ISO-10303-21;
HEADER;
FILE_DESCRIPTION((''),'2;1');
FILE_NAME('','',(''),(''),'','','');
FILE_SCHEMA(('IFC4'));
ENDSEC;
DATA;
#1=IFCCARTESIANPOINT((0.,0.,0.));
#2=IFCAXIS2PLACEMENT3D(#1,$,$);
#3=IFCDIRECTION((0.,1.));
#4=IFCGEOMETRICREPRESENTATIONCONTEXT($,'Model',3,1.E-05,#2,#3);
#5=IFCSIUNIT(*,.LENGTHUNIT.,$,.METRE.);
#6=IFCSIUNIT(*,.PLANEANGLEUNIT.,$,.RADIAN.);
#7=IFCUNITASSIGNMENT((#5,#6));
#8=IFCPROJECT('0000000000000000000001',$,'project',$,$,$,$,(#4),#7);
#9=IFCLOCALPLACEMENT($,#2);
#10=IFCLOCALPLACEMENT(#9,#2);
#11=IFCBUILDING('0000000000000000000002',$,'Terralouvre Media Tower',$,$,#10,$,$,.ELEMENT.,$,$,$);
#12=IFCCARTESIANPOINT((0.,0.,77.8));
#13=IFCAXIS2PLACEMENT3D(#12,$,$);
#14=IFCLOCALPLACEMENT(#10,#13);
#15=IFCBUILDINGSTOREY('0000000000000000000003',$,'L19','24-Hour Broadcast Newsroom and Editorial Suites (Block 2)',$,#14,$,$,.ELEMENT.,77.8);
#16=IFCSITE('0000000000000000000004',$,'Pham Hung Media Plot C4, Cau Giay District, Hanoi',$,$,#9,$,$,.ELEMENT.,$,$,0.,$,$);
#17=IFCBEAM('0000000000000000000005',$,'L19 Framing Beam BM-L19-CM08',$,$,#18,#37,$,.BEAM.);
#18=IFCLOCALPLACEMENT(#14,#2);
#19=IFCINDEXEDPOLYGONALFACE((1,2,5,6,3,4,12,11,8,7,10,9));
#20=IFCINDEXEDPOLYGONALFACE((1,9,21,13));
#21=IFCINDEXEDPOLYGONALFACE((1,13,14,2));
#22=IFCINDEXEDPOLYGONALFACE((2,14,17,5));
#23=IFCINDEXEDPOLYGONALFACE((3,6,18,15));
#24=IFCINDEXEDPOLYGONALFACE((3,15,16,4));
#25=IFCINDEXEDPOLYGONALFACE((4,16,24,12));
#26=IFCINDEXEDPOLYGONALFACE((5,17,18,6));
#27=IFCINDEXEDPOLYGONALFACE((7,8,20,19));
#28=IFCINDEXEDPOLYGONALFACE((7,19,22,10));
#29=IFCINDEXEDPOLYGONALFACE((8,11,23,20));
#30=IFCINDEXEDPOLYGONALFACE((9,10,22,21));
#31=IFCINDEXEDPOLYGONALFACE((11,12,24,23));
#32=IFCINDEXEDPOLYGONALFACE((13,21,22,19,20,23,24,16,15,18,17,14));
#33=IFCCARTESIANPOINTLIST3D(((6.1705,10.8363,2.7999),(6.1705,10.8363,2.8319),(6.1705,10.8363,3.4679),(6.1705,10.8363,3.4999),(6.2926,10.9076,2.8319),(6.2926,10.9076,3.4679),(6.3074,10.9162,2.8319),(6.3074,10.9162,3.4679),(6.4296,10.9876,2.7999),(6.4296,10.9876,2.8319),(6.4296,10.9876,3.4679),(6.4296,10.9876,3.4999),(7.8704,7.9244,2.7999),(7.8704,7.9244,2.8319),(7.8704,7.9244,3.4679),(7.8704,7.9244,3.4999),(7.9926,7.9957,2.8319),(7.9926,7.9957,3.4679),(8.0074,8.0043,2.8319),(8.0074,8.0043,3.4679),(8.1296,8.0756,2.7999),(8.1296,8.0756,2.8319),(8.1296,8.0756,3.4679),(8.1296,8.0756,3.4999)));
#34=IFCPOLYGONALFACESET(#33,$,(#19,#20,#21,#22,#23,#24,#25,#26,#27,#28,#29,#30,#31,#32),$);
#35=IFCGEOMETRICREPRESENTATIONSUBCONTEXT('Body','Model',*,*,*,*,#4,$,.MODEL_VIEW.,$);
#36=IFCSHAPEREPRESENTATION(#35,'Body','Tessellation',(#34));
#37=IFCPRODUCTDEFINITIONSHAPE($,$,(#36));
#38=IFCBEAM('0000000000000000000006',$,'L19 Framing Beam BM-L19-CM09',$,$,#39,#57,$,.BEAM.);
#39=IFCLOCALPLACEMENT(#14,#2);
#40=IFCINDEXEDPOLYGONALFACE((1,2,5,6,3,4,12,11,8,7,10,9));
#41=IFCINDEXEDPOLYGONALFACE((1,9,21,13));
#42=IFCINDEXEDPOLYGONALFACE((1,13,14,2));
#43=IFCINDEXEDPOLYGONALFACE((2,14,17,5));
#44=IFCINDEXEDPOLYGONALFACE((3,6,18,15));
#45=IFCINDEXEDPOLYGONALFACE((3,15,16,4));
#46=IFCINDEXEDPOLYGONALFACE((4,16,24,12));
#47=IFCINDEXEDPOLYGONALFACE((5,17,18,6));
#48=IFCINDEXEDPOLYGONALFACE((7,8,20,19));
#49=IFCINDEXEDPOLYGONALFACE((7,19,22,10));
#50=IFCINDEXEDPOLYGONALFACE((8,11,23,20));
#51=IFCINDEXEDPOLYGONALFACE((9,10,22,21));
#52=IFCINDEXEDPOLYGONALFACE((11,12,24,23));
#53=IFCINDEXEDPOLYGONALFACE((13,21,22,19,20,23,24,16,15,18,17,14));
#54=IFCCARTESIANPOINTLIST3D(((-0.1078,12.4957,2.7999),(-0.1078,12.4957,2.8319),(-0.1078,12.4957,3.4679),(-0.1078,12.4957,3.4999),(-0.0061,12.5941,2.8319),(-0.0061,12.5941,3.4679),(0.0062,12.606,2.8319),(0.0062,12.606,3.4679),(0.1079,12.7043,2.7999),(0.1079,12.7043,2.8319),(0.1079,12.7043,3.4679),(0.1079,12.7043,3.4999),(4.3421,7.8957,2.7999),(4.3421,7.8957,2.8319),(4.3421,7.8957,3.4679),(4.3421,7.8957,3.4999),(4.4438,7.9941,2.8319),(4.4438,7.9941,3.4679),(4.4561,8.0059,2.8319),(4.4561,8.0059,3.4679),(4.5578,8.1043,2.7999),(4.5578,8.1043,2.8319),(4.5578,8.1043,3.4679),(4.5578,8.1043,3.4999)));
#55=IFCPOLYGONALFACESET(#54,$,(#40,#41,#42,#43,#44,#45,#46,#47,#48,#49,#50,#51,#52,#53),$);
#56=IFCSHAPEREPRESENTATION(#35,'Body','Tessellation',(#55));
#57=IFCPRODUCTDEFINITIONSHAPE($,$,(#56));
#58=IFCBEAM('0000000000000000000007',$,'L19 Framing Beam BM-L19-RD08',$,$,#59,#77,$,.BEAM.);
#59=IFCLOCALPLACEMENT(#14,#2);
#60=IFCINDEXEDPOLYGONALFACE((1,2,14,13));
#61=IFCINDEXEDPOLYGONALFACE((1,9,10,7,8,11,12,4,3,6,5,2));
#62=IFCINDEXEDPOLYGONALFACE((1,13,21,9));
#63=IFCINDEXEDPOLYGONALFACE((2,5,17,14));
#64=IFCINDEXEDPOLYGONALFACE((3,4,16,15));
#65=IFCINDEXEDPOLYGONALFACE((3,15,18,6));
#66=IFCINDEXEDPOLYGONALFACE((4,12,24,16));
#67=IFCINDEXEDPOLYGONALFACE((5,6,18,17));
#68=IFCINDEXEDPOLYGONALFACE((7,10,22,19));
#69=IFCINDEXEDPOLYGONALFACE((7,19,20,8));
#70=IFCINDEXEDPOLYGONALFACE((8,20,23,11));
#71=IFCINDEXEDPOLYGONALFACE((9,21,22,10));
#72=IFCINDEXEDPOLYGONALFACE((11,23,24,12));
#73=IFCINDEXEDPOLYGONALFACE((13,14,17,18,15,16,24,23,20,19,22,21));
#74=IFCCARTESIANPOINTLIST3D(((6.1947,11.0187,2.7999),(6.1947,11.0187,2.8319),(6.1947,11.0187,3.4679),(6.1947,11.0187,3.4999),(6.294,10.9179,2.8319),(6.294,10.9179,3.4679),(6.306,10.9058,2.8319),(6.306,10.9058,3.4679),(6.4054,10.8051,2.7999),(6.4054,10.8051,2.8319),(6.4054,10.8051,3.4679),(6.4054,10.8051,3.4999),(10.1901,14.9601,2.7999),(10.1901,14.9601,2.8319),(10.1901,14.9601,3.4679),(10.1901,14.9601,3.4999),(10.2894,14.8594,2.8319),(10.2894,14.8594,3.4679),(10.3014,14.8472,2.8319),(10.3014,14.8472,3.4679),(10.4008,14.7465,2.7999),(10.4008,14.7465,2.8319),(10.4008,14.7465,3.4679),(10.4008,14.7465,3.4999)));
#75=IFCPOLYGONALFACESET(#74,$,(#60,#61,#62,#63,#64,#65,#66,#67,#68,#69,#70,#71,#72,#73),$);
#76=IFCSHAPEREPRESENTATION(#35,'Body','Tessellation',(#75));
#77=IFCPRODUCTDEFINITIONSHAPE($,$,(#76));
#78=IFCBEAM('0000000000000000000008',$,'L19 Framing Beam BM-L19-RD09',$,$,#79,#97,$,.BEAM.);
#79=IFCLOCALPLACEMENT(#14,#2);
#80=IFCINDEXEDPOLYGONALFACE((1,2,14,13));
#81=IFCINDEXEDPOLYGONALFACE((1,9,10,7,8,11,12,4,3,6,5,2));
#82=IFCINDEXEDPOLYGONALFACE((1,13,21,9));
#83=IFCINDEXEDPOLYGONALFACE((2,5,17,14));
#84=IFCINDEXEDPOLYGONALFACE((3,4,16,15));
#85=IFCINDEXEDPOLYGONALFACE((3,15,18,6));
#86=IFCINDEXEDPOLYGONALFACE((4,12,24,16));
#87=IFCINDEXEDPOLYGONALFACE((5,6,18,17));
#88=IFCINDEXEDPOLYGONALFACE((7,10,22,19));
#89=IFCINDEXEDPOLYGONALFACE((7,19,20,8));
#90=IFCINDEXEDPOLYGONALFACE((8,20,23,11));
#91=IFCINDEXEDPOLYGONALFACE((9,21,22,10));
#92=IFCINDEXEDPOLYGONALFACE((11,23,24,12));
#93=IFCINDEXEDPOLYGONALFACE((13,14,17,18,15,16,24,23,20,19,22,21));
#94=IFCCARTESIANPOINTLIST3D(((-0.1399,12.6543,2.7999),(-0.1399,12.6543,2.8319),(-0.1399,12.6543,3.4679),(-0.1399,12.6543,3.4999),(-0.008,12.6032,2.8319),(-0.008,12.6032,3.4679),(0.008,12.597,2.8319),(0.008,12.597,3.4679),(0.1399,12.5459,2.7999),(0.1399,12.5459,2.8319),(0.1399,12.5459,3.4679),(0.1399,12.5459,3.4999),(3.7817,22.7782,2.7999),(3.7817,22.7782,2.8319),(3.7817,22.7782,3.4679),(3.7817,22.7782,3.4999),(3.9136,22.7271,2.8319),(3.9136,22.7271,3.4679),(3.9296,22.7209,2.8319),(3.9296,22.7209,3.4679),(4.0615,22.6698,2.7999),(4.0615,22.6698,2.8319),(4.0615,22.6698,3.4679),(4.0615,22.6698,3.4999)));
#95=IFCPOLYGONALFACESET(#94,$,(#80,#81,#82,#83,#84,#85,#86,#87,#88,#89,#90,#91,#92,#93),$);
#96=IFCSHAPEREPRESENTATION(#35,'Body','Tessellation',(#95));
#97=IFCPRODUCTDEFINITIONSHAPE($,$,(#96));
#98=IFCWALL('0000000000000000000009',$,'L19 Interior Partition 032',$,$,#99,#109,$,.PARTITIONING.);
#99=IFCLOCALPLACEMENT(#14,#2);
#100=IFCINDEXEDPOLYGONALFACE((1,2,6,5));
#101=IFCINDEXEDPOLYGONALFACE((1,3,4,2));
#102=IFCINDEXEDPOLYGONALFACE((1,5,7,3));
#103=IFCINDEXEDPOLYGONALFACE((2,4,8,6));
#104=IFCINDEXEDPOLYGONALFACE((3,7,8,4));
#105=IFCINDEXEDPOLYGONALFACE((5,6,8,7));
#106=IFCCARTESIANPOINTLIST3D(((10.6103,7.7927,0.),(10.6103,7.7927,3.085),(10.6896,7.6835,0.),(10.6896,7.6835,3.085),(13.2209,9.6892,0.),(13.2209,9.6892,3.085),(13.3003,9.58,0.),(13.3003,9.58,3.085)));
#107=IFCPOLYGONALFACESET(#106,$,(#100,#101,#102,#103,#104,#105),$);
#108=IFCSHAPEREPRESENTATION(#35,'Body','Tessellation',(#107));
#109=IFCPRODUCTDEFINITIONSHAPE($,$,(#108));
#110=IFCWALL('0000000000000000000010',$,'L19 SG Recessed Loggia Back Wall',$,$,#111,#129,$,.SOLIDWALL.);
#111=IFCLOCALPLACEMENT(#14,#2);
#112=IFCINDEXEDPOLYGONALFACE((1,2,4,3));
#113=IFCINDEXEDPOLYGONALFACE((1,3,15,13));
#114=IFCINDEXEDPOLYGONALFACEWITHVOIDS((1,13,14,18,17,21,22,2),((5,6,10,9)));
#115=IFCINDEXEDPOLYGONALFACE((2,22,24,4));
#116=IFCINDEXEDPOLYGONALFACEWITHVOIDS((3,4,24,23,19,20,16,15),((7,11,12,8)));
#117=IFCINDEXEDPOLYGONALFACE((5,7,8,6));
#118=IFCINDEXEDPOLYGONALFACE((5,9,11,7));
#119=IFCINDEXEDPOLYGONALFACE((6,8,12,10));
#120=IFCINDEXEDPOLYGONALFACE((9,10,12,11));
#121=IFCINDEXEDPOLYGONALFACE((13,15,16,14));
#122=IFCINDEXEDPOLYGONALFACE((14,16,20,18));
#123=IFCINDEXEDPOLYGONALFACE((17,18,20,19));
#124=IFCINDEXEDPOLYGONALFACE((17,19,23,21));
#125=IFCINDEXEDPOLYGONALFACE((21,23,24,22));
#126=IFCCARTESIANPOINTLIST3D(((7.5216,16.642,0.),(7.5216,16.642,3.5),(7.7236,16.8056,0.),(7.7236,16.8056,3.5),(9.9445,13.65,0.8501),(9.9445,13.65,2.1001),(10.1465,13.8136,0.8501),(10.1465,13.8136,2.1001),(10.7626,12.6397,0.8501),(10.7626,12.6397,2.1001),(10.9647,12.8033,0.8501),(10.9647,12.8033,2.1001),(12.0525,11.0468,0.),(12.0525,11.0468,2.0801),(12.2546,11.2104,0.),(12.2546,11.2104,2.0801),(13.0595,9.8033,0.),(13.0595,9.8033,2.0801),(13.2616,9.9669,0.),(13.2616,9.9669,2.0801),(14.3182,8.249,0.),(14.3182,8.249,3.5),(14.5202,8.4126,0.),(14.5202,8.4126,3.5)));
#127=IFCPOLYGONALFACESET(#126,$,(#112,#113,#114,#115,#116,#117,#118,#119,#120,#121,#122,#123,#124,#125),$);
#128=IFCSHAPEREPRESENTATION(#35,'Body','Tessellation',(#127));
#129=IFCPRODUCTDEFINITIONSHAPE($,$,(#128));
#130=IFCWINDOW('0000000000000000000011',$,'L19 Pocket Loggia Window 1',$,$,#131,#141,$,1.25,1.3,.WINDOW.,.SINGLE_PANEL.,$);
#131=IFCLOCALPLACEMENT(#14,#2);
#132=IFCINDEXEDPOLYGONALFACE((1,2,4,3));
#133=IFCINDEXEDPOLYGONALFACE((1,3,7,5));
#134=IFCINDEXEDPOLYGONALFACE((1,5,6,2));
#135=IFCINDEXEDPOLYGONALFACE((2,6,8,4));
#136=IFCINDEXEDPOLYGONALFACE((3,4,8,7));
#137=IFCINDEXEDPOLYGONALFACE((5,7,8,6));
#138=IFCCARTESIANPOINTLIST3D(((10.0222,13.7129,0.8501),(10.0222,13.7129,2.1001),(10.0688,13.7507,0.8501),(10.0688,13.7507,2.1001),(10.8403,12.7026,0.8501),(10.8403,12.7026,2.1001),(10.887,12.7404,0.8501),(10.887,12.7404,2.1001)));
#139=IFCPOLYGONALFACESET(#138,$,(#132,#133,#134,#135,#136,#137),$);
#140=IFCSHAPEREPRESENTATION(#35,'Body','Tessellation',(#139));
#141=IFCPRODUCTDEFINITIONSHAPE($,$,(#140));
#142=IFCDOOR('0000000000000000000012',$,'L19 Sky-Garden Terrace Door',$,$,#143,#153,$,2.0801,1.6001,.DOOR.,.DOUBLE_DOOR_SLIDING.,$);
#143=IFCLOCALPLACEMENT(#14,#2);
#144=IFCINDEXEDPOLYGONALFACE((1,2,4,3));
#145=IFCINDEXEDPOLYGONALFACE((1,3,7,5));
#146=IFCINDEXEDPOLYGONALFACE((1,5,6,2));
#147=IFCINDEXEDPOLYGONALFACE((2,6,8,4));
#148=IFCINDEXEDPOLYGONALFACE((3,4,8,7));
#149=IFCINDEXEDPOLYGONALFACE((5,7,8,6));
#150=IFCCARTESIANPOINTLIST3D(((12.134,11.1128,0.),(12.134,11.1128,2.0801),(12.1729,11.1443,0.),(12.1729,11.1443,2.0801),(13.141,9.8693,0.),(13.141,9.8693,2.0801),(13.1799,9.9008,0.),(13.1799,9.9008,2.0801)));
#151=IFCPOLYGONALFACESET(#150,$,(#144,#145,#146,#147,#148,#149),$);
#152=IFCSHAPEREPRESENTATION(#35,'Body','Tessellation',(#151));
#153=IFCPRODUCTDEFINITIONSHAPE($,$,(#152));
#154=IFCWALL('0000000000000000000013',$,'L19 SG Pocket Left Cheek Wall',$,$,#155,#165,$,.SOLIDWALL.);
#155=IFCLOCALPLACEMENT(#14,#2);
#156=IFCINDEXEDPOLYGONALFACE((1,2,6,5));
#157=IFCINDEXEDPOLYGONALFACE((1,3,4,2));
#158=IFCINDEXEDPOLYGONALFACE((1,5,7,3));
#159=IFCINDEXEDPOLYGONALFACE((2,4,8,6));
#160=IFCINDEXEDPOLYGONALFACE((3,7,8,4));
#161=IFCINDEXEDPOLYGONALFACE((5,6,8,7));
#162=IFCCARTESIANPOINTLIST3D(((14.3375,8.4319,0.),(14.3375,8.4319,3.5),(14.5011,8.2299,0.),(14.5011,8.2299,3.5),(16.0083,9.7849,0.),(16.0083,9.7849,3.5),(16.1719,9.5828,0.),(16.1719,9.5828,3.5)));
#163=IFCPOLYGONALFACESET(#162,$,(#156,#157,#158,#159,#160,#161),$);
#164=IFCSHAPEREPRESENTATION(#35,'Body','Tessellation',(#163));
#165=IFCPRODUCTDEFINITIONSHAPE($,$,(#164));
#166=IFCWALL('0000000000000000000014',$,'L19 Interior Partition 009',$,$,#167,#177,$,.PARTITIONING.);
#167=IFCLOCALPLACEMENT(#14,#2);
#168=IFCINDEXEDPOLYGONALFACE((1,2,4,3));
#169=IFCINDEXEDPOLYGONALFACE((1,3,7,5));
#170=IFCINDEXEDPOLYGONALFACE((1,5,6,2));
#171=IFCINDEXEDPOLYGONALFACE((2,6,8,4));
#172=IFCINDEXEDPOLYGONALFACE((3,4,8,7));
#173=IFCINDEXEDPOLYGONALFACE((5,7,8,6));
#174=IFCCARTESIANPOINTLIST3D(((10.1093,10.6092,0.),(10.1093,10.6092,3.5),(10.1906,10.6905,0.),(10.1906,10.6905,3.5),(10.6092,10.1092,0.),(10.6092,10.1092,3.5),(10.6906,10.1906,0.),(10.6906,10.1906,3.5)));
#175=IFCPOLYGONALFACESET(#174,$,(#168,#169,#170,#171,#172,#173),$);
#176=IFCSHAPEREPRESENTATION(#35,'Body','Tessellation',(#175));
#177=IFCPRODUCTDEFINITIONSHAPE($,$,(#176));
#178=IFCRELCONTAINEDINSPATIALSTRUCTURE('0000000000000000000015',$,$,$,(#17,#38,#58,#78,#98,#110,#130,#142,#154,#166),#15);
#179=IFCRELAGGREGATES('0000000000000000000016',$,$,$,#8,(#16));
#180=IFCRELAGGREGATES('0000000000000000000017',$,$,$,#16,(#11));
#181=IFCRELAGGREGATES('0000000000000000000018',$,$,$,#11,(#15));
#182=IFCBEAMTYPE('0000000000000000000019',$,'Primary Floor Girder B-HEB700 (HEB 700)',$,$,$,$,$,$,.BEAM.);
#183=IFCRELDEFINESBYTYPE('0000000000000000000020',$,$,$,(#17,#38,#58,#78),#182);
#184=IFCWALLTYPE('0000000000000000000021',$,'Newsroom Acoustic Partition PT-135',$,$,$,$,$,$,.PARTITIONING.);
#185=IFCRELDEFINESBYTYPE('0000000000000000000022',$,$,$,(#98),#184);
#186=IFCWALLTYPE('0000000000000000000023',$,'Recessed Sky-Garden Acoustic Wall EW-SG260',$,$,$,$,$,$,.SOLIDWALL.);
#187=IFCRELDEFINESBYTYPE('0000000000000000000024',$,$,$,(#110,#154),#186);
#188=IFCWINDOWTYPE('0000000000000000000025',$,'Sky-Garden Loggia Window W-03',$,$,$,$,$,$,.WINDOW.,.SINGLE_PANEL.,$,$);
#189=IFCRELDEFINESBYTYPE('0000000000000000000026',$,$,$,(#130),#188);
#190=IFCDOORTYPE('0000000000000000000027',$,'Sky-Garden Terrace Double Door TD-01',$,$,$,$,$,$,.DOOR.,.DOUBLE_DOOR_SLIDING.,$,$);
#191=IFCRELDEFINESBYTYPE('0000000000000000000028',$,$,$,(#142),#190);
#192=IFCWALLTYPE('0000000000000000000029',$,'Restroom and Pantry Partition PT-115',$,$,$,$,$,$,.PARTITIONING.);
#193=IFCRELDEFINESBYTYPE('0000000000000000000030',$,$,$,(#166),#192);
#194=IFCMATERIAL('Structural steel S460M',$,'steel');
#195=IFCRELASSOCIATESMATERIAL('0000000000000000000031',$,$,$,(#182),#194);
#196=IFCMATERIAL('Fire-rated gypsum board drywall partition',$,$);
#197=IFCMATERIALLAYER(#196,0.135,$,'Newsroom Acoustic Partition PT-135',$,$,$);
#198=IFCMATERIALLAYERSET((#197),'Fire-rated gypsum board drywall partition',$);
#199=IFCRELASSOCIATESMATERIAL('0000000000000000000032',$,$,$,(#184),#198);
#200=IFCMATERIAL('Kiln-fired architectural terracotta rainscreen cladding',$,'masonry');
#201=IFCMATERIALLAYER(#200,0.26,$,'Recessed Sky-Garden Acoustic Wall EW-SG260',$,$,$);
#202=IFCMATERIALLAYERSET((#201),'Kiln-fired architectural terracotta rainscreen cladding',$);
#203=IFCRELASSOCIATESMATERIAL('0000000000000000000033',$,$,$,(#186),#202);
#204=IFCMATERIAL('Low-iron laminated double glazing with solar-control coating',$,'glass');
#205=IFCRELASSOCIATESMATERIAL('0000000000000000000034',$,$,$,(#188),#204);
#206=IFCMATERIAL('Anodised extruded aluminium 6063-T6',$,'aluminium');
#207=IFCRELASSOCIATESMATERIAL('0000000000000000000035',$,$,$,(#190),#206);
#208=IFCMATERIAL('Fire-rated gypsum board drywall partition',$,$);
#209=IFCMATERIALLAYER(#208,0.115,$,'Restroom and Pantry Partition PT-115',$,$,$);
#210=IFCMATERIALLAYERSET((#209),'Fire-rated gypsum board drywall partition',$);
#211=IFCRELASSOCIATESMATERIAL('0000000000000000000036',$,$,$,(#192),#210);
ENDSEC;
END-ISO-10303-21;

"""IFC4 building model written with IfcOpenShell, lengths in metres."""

from ifc_helpers import new_model, si_unit, direction, frame, frame_2d, origin, origin_2d, place, context, subcontext, project, spatial, rectangle, i_section, extrude, material, layer, layer_set, material_profile, profile_set, type_object, element, fill, save


model = new_model("IFC4")

# Units and contexts
model_context = context("Model", 3, precision=1e-05, world=origin(), true_north=direction((0.0, 1.0)))
body_context = subcontext(model_context, "Body", "Model", "MODEL_VIEW")
ifc_project = project(units=[si_unit("LENGTHUNIT", "METRE"), si_unit("PLANEANGLEUNIT", "RADIAN")], contexts=[model_context])

# Site, building, storey
site_placement = place(None, origin())
site = spatial("IfcSite", under=ifc_project, at=site_placement, Name="Pham Hung Media Plot C4, Cau Giay District, Hanoi", CompositionType="ELEMENT", RefElevation=0.0)
building_placement = place(site_placement, origin())
building = spatial("IfcBuilding", under=site, at=building_placement, Name="Terralouvre Media Tower", CompositionType="ELEMENT")
storey_placement = place(building_placement, frame((0.0, 0.0, 77.8)))
storey = spatial("IfcBuildingStorey", under=building, at=storey_placement, Name="L19", Description="24-Hour Broadcast Newsroom and Editorial Suites (Block 2)", CompositionType="ELEMENT", Elevation=77.8)

# Beams
ifc_material_1 = material(Name="Structural steel S460M", Category="steel")
ifc_material_profile_1 = material_profile(ifc_material_1, i_section(OverallWidth=0.3, OverallDepth=0.7, WebThickness=0.0171, FlangeThickness=0.032, at=origin_2d()), Name="HEB 700")
ifc_profile_set_1 = profile_set([ifc_material_profile_1], Name="Structural steel S460M")
beam_type_1 = type_object("IfcBeamType", Name="Primary Floor Girder B-HEB700 (HEB 700)", PredefinedType="BEAM", material=ifc_profile_set_1)
for number, where, z_axis, x_axis, name in (
    (1, (8.0, 8.0, 3.1499), (-0.504173, 0.863603, 0.0), (-0.863603, -0.504173, 0.0), "L19 Framing Beam BM-L19-CM08"),
):
    element("IfcBeam", number, at=place(storey_placement, frame(where, z_axis=z_axis, x_axis=x_axis)), inside=storey, type_object=beam_type_1, Name=name, PredefinedType="BEAM", context=body_context, shape_type="SweptSolid", body=[
        extrude(i_section(OverallWidth=0.3, OverallDepth=0.7, WebThickness=0.0171, FlangeThickness=0.032, at=origin_2d()), origin(), (0.0, 0.0, 1.0), 3.3718),
    ])
beam_1_placement = place(storey_placement, frame((4.45, 8.0, 3.1499), z_axis=(-0.69528, 0.718739, 0.0), x_axis=(-0.718739, -0.69528, 0.0)))
element("IfcBeam", 2, at=beam_1_placement, inside=storey, type_object=beam_type_1, Name="L19 Framing Beam BM-L19-CM09", PredefinedType="BEAM", context=body_context, shape_type="SweptSolid", body=[
    extrude(i_section(OverallWidth=0.3, OverallDepth=0.7, WebThickness=0.0171, FlangeThickness=0.032, at=origin_2d()), origin(), (0.0, 0.0, 1.0), 6.4001),
])
beam_2_placement = place(storey_placement, frame((6.3, 10.9119, 3.1499), z_axis=(0.711897, 0.702284, 0.0), x_axis=(-0.702284, 0.711897, 0.0)))
element("IfcBeam", 3, at=beam_2_placement, inside=storey, type_object=beam_type_1, Name="L19 Framing Beam BM-L19-RD08", PredefinedType="BEAM", context=body_context, shape_type="SweptSolid", body=[
    extrude(i_section(OverallWidth=0.3, OverallDepth=0.7, WebThickness=0.0171, FlangeThickness=0.032, at=origin_2d()), origin(), (0.0, 0.0, 1.0), 5.6123),
])
beam_3_placement = place(storey_placement, frame((0.0, 12.6001, 3.1499), z_axis=(0.361207, 0.932486, 0.0), x_axis=(-0.932486, 0.361207, 0.0)))
element("IfcBeam", 4, at=beam_3_placement, inside=storey, type_object=beam_type_1, Name="L19 Framing Beam BM-L19-RD09", PredefinedType="BEAM", context=body_context, shape_type="SweptSolid", body=[
    extrude(i_section(OverallWidth=0.3, OverallDepth=0.7, WebThickness=0.0171, FlangeThickness=0.032, at=origin_2d()), origin(), (0.0, 0.0, 1.0), 10.8569),
])

# Wall
ifc_material_2 = material(Name="Fire-rated gypsum board drywall partition")
ifc_layer_1 = layer(ifc_material_2, 0.135, Name="Newsroom Acoustic Partition PT-135")
ifc_layer_set_1 = layer_set([ifc_layer_1], Name="Fire-rated gypsum board drywall partition")
wall_type_1 = type_object("IfcWallType", Name="Newsroom Acoustic Partition PT-135", PredefinedType="PARTITIONING", material=ifc_layer_set_1)
wall_1_placement = place(storey_placement, frame((13.2605, 9.6345, 0.0), z_axis=(0.0, 0.0, 1.0), x_axis=(-0.80905, -0.58774, 0.0)))
element("IfcWall", 5, at=wall_1_placement, inside=storey, type_object=wall_type_1, Name="L19 Interior Partition 032", PredefinedType="PARTITIONING", context=body_context, shape_type="SweptSolid", body=[
    extrude(rectangle(XDim=3.2268, YDim=0.135, at=frame_2d((1.6133, 0.0))), origin(), (0.0, 0.0, 1.0), 3.085),
])

# Wall, openings, window, door
ifc_material_3 = material(Name="Kiln-fired architectural terracotta rainscreen cladding", Category="masonry")
ifc_layer_2 = layer(ifc_material_3, 0.26, Name="Recessed Sky-Garden Acoustic Wall EW-SG260")
ifc_layer_set_2 = layer_set([ifc_layer_2], Name="Kiln-fired architectural terracotta rainscreen cladding")
wall_type_2 = type_object("IfcWallType", Name="Recessed Sky-Garden Acoustic Wall EW-SG260", PredefinedType="SOLIDWALL", material=ifc_layer_set_2)
wall_2_placement = place(storey_placement, frame((14.4192, 8.3308, 0.0), z_axis=(0.0, 0.0, 1.0), x_axis=(-0.629324, 0.777143, 0.0)))
wall_2 = element("IfcWall", 6, at=wall_2_placement, inside=storey, type_object=wall_type_2, Name="L19 SG Recessed Loggia Back Wall", PredefinedType="SOLIDWALL", context=body_context, shape_type="SweptSolid", body=[
    extrude(rectangle(XDim=10.7998, YDim=0.26, at=frame_2d((5.3999, 0.0))), origin(), (0.0, 0.0, 1.0), 3.5),
])
opening_1_placement = place(wall_2_placement, frame((2.0, 0.0, 0.0)))
opening_1 = element("IfcOpeningElement", 7, at=opening_1_placement, cuts=wall_2, PredefinedType="OPENING", context=body_context, shape_type="SweptSolid", body=[
    extrude(rectangle(XDim=1.6001, YDim=2.0801, at=frame_2d((0.8, 1.04))), frame((0.0, 0.1399, 0.0), z_axis=(0.0, -1.0, 0.0), x_axis=(1.0, 0.0, 0.0)), (0.0, 0.0, 1.0), 0.28),
])
opening_2_placement = place(wall_2_placement, frame((5.6499, 0.0, 0.8501)))
opening_2 = element("IfcOpeningElement", 8, at=opening_2_placement, cuts=wall_2, PredefinedType="OPENING", context=body_context, shape_type="SweptSolid", body=[
    extrude(rectangle(XDim=1.3, YDim=1.25, at=frame_2d((0.6499, 0.625))), frame((0.0, 0.1399, 0.0), z_axis=(0.0, -1.0, 0.0), x_axis=(1.0, 0.0, 0.0)), (0.0, 0.0, 1.0), 0.28),
])
ifc_material_4 = material(Name="Low-iron laminated double glazing with solar-control coating", Category="glass")
window_type = type_object("IfcWindowType", Name="Sky-Garden Loggia Window W-03", PartitioningType="SINGLE_PANEL", PredefinedType="WINDOW", material=ifc_material_4)
window_placement = place(opening_2_placement, origin())
window = element("IfcWindow", 9, at=window_placement, inside=storey, type_object=window_type, Name="L19 Pocket Loggia Window 1", OverallHeight=1.25, OverallWidth=1.3, PartitioningType="SINGLE_PANEL", PredefinedType="WINDOW", context=body_context, shape_type="SweptSolid", body=[
    extrude(rectangle(XDim=1.3, YDim=1.25, at=frame_2d((0.6499, 0.625))), frame((0.0, 0.03, 0.0), z_axis=(0.0, -1.0, 0.0), x_axis=(1.0, 0.0, 0.0)), (0.0, 0.0, 1.0), 0.0601),
])
fill(opening_2, window)
ifc_material_5 = material(Name="Anodised extruded aluminium 6063-T6", Category="aluminium")
door_type = type_object("IfcDoorType", Name="Sky-Garden Terrace Double Door TD-01", OperationType="DOUBLE_DOOR_SLIDING", PredefinedType="DOOR", material=ifc_material_5)
door_placement = place(opening_1_placement, frame((1.6001, 0.0, 0.0), z_axis=(0.0, 0.0, 1.0), x_axis=(-1.0, 0.0, 0.0)))
door = element("IfcDoor", 10, at=door_placement, inside=storey, type_object=door_type, Name="L19 Sky-Garden Terrace Door", OperationType="DOUBLE_DOOR_SLIDING", OverallHeight=2.0801, OverallWidth=1.6001, PredefinedType="DOOR", context=body_context, shape_type="SweptSolid", body=[
    extrude(rectangle(XDim=1.6001, YDim=2.0801, at=frame_2d((0.8, 1.04))), frame((0.0, 0.0249, 0.0), z_axis=(0.0, -1.0, 0.0), x_axis=(1.0, 0.0, 0.0)), (0.0, 0.0, 1.0), 0.05),
])
fill(opening_1, door)

# Walls
wall_3_placement = place(storey_placement, frame((16.0901, 9.6838, 0.0), z_axis=(0.0, 0.0, 1.0), x_axis=(-0.777155, -0.629309, 0.0)))
element("IfcWall", 11, at=wall_3_placement, inside=storey, type_object=wall_type_2, Name="L19 SG Pocket Left Cheek Wall", PredefinedType="SOLIDWALL", context=body_context, shape_type="SweptSolid", body=[
    extrude(rectangle(XDim=2.1499, YDim=0.26, at=frame_2d((1.075, 0.0))), origin(), (0.0, 0.0, 1.0), 3.5),
])
ifc_material_6 = material(Name="Fire-rated gypsum board drywall partition")
ifc_layer_3 = layer(ifc_material_6, 0.115, Name="Restroom and Pantry Partition PT-115")
ifc_layer_set_3 = layer_set([ifc_layer_3], Name="Fire-rated gypsum board drywall partition")
wall_type_3 = type_object("IfcWallType", Name="Restroom and Pantry Partition PT-115", PredefinedType="PARTITIONING", material=ifc_layer_set_3)
wall_4_placement = place(storey_placement, frame((10.6499, 10.1499, 0.0), z_axis=(0.0, 0.0, 1.0), x_axis=(-0.707107, 0.707107, 0.0)))
element("IfcWall", 12, at=wall_4_placement, inside=storey, type_object=wall_type_3, Name="L19 Interior Partition 009", PredefinedType="PARTITIONING", context=body_context, shape_type="SweptSolid", body=[
    extrude(rectangle(XDim=0.707, YDim=0.115, at=frame_2d((0.3535, 0.0))), origin(), (0.0, 0.0, 1.0), 3.5),
])

save(model, "model.ifc")
